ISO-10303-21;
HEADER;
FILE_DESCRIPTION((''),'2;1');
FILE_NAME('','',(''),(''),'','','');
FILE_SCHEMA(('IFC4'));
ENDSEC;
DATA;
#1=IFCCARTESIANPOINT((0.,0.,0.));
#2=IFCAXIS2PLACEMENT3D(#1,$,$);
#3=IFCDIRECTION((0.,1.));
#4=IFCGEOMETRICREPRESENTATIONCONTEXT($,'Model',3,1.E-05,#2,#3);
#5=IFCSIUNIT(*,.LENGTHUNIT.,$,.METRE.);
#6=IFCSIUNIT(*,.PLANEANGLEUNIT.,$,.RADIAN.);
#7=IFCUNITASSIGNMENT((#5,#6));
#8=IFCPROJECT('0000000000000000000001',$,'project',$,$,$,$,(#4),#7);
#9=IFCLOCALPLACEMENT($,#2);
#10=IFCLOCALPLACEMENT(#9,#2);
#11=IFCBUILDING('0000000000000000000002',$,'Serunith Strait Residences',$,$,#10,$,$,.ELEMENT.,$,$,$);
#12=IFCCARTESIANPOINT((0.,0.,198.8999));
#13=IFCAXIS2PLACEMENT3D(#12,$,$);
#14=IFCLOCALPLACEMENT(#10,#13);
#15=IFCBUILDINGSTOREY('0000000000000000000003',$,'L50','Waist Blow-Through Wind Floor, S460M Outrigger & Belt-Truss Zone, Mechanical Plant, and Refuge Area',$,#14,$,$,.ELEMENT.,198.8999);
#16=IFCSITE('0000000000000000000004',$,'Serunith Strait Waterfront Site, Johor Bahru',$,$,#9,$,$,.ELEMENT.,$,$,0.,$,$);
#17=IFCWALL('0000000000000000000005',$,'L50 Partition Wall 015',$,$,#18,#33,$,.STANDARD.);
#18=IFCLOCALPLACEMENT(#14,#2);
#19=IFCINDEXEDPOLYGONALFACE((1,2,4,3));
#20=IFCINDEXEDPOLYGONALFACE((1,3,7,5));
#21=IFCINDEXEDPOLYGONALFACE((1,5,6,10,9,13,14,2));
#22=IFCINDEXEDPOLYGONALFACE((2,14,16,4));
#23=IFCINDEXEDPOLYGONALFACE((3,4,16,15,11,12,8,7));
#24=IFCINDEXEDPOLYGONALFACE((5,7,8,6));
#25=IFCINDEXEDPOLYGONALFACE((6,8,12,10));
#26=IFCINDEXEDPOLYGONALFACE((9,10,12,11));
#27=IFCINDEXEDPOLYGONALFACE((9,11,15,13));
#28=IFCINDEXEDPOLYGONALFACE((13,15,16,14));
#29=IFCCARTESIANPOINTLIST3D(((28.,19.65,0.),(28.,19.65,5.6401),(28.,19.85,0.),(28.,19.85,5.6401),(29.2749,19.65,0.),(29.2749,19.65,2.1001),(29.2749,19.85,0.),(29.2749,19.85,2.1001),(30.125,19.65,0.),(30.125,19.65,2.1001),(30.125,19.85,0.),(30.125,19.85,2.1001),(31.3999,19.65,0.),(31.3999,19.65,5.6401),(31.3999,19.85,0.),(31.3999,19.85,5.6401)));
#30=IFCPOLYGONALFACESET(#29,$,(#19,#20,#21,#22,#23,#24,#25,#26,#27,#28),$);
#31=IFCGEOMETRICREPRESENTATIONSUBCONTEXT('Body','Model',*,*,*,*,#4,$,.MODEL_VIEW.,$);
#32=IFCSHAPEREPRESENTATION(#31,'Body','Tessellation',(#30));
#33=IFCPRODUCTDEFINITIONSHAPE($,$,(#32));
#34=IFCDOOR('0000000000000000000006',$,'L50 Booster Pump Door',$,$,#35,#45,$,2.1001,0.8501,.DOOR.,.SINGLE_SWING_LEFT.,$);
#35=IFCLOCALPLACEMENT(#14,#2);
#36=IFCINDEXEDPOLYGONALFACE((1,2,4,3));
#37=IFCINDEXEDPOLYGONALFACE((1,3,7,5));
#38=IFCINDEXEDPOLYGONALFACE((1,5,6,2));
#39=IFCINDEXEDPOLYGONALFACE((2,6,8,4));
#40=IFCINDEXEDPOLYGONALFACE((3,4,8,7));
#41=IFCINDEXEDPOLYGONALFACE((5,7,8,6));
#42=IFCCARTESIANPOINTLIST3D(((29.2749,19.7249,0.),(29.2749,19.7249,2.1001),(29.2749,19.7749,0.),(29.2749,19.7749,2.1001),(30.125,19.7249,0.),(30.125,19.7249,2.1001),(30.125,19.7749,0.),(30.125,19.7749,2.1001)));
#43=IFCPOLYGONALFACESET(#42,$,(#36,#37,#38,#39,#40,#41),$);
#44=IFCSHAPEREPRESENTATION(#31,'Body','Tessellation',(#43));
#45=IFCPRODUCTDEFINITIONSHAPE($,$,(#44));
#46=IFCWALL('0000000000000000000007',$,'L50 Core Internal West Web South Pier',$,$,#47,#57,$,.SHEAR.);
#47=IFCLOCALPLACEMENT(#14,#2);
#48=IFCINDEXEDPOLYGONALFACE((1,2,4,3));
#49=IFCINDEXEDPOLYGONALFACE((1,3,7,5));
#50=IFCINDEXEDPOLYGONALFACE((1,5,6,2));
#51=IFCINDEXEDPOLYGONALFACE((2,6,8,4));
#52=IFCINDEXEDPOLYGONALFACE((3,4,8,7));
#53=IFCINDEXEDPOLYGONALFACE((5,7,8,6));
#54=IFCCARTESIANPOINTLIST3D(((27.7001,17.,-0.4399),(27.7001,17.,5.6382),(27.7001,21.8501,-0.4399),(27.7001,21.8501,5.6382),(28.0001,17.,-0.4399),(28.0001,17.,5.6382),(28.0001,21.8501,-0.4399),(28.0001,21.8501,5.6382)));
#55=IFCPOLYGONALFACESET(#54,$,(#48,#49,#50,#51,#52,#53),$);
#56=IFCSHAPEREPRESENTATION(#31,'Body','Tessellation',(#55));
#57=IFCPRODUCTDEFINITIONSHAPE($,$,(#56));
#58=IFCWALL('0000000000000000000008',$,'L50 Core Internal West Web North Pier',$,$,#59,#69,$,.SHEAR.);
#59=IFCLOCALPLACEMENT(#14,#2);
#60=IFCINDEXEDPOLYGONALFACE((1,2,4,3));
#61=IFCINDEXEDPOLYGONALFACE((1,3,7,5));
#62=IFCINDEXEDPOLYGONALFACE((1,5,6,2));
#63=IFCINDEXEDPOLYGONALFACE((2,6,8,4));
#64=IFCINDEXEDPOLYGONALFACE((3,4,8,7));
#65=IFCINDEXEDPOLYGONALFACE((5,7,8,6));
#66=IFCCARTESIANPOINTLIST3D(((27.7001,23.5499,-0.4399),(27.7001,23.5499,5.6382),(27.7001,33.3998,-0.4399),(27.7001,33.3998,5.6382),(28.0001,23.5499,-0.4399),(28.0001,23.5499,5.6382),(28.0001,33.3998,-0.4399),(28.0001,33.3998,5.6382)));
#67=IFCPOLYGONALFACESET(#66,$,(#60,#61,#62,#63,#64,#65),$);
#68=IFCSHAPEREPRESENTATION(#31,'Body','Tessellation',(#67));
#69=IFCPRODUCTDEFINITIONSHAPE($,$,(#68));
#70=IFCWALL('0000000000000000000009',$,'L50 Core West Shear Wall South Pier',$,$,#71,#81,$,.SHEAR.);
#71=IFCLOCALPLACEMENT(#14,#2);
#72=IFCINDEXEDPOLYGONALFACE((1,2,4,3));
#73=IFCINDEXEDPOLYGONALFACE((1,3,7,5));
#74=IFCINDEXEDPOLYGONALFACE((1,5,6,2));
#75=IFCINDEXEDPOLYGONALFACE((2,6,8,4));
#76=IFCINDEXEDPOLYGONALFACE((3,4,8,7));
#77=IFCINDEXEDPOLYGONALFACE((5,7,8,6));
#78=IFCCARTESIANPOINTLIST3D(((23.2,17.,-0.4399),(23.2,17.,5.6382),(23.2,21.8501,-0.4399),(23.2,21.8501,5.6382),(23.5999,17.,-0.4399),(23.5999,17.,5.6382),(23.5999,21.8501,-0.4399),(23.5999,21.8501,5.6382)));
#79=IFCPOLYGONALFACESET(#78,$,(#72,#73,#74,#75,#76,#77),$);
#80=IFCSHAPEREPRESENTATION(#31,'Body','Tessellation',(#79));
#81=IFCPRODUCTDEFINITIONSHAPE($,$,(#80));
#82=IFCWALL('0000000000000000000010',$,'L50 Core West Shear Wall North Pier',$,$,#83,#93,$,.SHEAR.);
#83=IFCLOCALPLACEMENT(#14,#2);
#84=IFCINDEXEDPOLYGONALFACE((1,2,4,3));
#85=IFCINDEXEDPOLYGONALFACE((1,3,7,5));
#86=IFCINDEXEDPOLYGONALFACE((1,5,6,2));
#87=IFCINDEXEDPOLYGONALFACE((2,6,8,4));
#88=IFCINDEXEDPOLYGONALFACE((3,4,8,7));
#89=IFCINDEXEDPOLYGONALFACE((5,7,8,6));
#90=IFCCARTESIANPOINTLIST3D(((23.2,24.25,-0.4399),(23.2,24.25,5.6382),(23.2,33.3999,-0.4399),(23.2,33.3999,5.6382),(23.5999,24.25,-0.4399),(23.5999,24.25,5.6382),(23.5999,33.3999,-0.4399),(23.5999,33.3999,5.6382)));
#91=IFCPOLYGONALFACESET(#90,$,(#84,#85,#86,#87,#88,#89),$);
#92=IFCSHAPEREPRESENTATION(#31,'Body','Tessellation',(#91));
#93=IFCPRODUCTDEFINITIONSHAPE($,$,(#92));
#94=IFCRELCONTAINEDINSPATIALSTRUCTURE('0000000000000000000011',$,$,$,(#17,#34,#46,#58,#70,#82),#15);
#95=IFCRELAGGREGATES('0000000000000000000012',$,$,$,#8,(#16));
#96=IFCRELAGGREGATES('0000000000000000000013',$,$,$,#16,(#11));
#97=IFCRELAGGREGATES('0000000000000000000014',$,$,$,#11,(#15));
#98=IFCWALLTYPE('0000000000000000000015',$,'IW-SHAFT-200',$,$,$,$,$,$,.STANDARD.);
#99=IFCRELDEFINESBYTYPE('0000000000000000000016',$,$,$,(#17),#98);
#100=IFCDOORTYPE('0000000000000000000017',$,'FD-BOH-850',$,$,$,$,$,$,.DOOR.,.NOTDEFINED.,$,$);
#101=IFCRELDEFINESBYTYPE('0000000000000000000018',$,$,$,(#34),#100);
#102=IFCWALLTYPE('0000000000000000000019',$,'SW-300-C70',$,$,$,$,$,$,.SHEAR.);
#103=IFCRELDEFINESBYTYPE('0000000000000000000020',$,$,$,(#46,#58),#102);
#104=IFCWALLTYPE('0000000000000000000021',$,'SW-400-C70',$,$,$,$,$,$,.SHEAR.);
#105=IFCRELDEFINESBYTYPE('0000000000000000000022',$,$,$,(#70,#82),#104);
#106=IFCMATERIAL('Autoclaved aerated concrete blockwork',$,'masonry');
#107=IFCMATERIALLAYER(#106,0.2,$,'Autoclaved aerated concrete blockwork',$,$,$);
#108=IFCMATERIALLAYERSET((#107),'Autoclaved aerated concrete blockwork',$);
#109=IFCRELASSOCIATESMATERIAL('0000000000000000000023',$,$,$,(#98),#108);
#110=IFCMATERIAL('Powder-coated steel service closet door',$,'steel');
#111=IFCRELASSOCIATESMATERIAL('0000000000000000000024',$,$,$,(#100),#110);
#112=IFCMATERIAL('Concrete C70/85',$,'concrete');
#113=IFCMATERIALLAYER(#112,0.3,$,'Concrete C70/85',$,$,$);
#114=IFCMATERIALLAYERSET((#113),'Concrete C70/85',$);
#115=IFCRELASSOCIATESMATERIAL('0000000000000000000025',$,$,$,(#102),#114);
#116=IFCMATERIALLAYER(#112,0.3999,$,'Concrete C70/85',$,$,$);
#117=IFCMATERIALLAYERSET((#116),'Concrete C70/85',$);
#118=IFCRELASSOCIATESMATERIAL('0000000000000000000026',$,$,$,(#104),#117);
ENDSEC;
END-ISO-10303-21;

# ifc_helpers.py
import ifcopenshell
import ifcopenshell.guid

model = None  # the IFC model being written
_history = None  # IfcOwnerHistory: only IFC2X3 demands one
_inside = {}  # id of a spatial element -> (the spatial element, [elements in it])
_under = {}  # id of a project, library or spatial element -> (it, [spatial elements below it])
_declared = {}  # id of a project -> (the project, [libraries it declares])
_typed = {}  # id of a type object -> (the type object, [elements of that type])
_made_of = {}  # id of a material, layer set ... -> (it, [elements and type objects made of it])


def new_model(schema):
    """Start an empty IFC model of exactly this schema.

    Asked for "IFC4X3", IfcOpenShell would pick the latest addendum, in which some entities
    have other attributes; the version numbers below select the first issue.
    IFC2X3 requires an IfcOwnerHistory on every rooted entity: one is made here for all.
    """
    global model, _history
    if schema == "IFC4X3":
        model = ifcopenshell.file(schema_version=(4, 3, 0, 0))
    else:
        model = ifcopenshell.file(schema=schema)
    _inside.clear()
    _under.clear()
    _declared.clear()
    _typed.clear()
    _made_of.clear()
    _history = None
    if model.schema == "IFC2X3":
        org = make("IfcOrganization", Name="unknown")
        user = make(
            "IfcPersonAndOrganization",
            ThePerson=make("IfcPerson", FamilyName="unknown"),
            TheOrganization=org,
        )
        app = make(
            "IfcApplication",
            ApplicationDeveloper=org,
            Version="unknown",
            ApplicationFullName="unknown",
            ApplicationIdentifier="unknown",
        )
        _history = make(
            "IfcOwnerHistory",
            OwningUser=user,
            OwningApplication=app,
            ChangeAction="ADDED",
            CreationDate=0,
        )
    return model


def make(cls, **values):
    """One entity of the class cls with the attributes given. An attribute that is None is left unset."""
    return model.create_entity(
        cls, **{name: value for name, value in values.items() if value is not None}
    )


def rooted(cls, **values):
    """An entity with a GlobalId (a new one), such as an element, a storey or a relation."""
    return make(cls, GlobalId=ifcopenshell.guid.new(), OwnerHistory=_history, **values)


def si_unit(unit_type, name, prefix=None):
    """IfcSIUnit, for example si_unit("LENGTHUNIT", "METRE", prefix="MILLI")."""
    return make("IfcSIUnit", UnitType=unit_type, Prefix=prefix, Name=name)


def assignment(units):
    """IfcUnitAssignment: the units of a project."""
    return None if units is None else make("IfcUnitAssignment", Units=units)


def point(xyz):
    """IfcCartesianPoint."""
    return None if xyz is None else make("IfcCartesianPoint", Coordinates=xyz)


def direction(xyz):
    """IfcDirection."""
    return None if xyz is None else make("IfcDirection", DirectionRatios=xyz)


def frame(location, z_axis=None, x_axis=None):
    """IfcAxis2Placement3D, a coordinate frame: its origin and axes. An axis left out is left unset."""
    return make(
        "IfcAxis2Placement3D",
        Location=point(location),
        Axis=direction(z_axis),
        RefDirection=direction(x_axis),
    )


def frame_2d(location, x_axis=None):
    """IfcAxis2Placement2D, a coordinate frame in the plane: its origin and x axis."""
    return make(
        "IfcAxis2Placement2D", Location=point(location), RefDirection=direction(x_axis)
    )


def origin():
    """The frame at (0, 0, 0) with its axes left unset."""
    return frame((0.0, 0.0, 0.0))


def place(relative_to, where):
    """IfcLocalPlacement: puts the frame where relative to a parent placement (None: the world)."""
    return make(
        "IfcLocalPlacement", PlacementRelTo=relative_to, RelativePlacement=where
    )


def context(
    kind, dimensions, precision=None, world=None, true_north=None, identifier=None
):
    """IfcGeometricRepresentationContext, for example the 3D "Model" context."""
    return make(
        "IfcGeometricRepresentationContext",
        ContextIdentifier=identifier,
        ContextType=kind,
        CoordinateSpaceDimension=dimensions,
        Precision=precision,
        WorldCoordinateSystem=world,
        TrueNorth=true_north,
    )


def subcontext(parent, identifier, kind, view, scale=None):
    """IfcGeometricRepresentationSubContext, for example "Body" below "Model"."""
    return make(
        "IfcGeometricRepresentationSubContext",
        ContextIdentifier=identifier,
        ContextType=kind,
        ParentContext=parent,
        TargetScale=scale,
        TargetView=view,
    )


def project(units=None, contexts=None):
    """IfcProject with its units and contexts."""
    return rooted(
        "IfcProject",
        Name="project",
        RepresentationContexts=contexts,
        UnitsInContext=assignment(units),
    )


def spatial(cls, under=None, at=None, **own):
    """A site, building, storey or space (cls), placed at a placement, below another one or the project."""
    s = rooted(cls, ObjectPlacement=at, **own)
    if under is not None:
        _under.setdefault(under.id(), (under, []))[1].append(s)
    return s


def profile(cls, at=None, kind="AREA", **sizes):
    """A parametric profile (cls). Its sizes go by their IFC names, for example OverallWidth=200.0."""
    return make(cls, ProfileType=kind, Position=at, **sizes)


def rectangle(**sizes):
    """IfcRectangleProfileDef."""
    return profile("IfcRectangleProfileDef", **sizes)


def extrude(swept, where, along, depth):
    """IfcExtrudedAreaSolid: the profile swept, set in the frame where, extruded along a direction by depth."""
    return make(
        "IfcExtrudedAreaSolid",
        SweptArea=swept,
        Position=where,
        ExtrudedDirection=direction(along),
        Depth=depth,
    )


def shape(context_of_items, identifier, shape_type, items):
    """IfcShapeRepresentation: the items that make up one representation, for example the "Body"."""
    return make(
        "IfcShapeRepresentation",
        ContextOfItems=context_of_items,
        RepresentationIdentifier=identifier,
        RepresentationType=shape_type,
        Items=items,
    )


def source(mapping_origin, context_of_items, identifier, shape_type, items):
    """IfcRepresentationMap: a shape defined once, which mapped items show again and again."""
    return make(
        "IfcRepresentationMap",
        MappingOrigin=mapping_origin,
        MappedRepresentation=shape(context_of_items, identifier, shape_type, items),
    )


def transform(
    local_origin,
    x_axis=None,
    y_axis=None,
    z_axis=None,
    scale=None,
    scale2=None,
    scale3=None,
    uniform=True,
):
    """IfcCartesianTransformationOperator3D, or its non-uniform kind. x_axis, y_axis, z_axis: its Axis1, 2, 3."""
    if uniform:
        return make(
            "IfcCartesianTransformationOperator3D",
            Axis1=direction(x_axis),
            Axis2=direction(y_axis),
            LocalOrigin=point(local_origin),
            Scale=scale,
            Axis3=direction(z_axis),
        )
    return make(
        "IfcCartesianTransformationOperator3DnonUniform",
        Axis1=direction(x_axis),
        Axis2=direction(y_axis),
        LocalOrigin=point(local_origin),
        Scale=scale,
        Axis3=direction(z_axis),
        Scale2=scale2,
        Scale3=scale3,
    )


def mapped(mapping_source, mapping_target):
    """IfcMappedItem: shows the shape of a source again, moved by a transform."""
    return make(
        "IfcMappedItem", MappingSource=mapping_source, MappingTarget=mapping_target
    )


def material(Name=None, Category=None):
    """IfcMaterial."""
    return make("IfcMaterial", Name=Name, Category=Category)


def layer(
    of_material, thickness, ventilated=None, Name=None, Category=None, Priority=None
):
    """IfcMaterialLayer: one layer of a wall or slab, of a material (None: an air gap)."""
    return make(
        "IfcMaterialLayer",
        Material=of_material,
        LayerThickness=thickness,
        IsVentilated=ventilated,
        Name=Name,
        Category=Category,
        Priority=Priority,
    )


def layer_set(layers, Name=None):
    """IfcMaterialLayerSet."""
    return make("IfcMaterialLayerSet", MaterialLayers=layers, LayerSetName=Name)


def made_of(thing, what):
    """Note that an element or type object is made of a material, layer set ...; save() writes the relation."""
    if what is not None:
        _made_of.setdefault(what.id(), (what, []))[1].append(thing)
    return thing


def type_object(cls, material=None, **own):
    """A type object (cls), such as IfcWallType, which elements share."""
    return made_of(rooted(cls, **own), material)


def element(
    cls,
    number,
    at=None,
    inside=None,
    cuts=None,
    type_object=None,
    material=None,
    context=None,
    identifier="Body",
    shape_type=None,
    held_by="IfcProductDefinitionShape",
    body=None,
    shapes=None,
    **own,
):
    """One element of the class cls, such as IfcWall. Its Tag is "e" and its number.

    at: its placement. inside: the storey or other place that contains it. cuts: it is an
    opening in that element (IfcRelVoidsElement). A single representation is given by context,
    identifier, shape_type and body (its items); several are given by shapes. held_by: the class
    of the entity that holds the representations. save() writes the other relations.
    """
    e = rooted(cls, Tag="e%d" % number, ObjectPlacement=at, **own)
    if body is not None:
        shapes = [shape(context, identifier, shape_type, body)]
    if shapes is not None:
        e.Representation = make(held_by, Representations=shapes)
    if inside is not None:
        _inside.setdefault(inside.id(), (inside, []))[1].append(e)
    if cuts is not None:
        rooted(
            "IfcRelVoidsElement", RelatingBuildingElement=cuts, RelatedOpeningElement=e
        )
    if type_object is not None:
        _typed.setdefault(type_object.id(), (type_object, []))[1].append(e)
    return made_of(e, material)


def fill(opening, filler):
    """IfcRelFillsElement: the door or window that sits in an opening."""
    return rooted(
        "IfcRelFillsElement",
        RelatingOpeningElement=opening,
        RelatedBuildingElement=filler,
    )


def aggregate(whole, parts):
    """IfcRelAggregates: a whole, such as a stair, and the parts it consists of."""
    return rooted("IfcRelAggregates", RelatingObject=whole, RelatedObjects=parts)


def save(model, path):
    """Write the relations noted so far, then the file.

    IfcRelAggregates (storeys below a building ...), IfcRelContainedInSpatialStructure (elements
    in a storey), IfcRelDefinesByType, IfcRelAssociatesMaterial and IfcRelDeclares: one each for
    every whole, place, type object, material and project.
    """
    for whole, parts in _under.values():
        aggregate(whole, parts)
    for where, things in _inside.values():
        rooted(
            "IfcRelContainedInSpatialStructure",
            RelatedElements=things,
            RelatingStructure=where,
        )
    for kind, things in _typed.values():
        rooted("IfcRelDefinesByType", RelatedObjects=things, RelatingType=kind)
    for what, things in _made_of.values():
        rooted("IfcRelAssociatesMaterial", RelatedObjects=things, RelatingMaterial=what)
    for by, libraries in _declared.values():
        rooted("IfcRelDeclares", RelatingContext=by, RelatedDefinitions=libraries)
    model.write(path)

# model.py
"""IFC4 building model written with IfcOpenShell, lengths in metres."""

from ifc_helpers import new_model, si_unit, direction, frame, frame_2d, origin, place, context, subcontext, project, spatial, rectangle, extrude, source, transform, mapped, material, layer, layer_set, type_object, element, fill, save


model = new_model("IFC4")

# Units and contexts
model_context = context("Model", 3, precision=1e-05, world=origin(), true_north=direction((0.0, 1.0)))
body_context = subcontext(model_context, "Body", "Model", "MODEL_VIEW")
ifc_project = project(units=[si_unit("LENGTHUNIT", "METRE"), si_unit("PLANEANGLEUNIT", "RADIAN")], contexts=[model_context])

# Site, building, storey
site_placement = place(None, origin())
site = spatial("IfcSite", under=ifc_project, at=site_placement, Name="Serunith Strait Waterfront Site, Johor Bahru", CompositionType="ELEMENT", RefElevation=0.0)
building_placement = place(site_placement, origin())
building = spatial("IfcBuilding", under=site, at=building_placement, Name="Serunith Strait Residences", CompositionType="ELEMENT")
storey_placement = place(building_placement, frame((0.0, 0.0, 198.8999)))
storey = spatial("IfcBuildingStorey", under=building, at=storey_placement, Name="L50", Description="Waist Blow-Through Wind Floor, S460M Outrigger & Belt-Truss Zone, Mechanical Plant, and Refuge Area", CompositionType="ELEMENT", Elevation=198.8999)

# Shared definitions
ifc_material_1 = material(Name="Autoclaved aerated concrete blockwork", Category="masonry")
ifc_layer_1 = layer(ifc_material_1, 0.2, Name="Autoclaved aerated concrete blockwork")
ifc_layer_set_1 = layer_set([ifc_layer_1], Name="Autoclaved aerated concrete blockwork")
wall_type_1 = type_object("IfcWallType", Name="IW-SHAFT-200", PredefinedType="STANDARD", material=ifc_layer_set_1)

# Wall, opening, door
ifc_material_2 = material(Name="Powder-coated steel service closet door", Category="steel")
door_type_1 = type_object("IfcDoorType", Name="FD-BOH-850", OperationType="NOTDEFINED", PredefinedType="DOOR", material=ifc_material_2)
shared_shape_1 = source(origin(), body_context, "Body", "SweptSolid", [
    extrude(rectangle(XDim=0.8501, YDim=2.1001, at=frame_2d((0.425, 1.05))), frame((0.0, 0.0249, 0.0), z_axis=(0.0, -1.0, 0.0), x_axis=(1.0, 0.0, 0.0)), (0.0, 0.0, 1.0), 0.05),
])
wall_1_placement = place(storey_placement, frame((28.0, 19.75, 0.0), z_axis=(0.0, 0.0, 1.0), x_axis=(1.0, 0.0, 0.0)))
wall_1 = element("IfcWall", 1, at=wall_1_placement, inside=storey, type_object=wall_type_1, Name="L50 Partition Wall 015", PredefinedType="STANDARD", context=body_context, shape_type="SweptSolid", body=[
    extrude(rectangle(XDim=3.3999, YDim=0.2, at=frame_2d((1.7, 0.0))), origin(), (0.0, 0.0, 1.0), 5.6401),
])
opening_1_placement = place(wall_1_placement, frame((1.2749, 0.0, 0.0)))
opening_1 = element("IfcOpeningElement", 2, at=opening_1_placement, cuts=wall_1, PredefinedType="OPENING", context=body_context, shape_type="SweptSolid", body=[
    extrude(rectangle(XDim=0.8501, YDim=2.1001, at=frame_2d((0.425, 1.05))), frame((0.0, 0.1099, 0.0), z_axis=(0.0, -1.0, 0.0), x_axis=(1.0, 0.0, 0.0)), (0.0, 0.0, 1.0), 0.22),
])
door_1_placement = place(opening_1_placement, origin())
door_1 = element("IfcDoor", 3, at=door_1_placement, inside=storey, type_object=door_type_1, Name="L50 Booster Pump Door", OperationType="SINGLE_SWING_LEFT", OverallHeight=2.1001, OverallWidth=0.8501, PredefinedType="DOOR", context=body_context, shape_type="MappedRepresentation", body=[
    mapped(shared_shape_1, transform((0.0, 0.0, 0.0), scale=1.0)),
])
fill(opening_1, door_1)

# Walls
ifc_material_3 = material(Name="Concrete C70/85", Category="concrete")
ifc_layer_2 = layer(ifc_material_3, 0.3, Name="Concrete C70/85")
ifc_layer_set_2 = layer_set([ifc_layer_2], Name="Concrete C70/85")
wall_type_2 = type_object("IfcWallType", Name="SW-300-C70", PredefinedType="SHEAR", material=ifc_layer_set_2)
wall_2_placement = place(storey_placement, frame((27.8501, 17.0, -0.4399), z_axis=(0.0, 0.0, 1.0), x_axis=(0.0, 1.0, 0.0)))
element("IfcWall", 4, at=wall_2_placement, inside=storey, type_object=wall_type_2, Name="L50 Core Internal West Web South Pier", PredefinedType="SHEAR", context=body_context, shape_type="SweptSolid", body=[
    extrude(rectangle(XDim=4.8501, YDim=0.3, at=frame_2d((2.425, 0.0))), origin(), (0.0, 0.0, 1.0), 6.0781),
])
wall_3_placement = place(storey_placement, frame((27.8501, 23.55, -0.4399), z_axis=(0.0, 0.0, 1.0), x_axis=(0.0, 1.0, 0.0)))
element("IfcWall", 5, at=wall_3_placement, inside=storey, type_object=wall_type_2, Name="L50 Core Internal West Web North Pier", PredefinedType="SHEAR", context=body_context, shape_type="SweptSolid", body=[
    extrude(rectangle(XDim=9.8499, YDim=0.3, at=frame_2d((4.9248, 0.0))), origin(), (0.0, 0.0, 1.0), 6.0781),
])
ifc_layer_3 = layer(ifc_material_3, 0.3999, Name="Concrete C70/85")
ifc_layer_set_3 = layer_set([ifc_layer_3], Name="Concrete C70/85")
wall_type_3 = type_object("IfcWallType", Name="SW-400-C70", PredefinedType="SHEAR", material=ifc_layer_set_3)
wall_4_placement = place(storey_placement, frame((23.3999, 17.0, -0.4399), z_axis=(0.0, 0.0, 1.0), x_axis=(0.0, 1.0, 0.0)))
element("IfcWall", 6, at=wall_4_placement, inside=storey, type_object=wall_type_3, Name="L50 Core West Shear Wall South Pier", PredefinedType="SHEAR", context=body_context, shape_type="SweptSolid", body=[
    extrude(rectangle(XDim=4.8501, YDim=0.3999, at=frame_2d((2.425, 0.0))), origin(), (0.0, 0.0, 1.0), 6.0781),
])
wall_5_placement = place(storey_placement, frame((23.3999, 24.25, -0.4399), z_axis=(0.0, 0.0, 1.0), x_axis=(0.0, 1.0, 0.0)))
element("IfcWall", 7, at=wall_5_placement, inside=storey, type_object=wall_type_3, Name="L50 Core West Shear Wall North Pier", PredefinedType="SHEAR", context=body_context, shape_type="SweptSolid", body=[
    extrude(rectangle(XDim=9.1499, YDim=0.3999, at=frame_2d((4.575, 0.0))), origin(), (0.0, 0.0, 1.0), 6.0781),
])

save(model, "model.ifc")
